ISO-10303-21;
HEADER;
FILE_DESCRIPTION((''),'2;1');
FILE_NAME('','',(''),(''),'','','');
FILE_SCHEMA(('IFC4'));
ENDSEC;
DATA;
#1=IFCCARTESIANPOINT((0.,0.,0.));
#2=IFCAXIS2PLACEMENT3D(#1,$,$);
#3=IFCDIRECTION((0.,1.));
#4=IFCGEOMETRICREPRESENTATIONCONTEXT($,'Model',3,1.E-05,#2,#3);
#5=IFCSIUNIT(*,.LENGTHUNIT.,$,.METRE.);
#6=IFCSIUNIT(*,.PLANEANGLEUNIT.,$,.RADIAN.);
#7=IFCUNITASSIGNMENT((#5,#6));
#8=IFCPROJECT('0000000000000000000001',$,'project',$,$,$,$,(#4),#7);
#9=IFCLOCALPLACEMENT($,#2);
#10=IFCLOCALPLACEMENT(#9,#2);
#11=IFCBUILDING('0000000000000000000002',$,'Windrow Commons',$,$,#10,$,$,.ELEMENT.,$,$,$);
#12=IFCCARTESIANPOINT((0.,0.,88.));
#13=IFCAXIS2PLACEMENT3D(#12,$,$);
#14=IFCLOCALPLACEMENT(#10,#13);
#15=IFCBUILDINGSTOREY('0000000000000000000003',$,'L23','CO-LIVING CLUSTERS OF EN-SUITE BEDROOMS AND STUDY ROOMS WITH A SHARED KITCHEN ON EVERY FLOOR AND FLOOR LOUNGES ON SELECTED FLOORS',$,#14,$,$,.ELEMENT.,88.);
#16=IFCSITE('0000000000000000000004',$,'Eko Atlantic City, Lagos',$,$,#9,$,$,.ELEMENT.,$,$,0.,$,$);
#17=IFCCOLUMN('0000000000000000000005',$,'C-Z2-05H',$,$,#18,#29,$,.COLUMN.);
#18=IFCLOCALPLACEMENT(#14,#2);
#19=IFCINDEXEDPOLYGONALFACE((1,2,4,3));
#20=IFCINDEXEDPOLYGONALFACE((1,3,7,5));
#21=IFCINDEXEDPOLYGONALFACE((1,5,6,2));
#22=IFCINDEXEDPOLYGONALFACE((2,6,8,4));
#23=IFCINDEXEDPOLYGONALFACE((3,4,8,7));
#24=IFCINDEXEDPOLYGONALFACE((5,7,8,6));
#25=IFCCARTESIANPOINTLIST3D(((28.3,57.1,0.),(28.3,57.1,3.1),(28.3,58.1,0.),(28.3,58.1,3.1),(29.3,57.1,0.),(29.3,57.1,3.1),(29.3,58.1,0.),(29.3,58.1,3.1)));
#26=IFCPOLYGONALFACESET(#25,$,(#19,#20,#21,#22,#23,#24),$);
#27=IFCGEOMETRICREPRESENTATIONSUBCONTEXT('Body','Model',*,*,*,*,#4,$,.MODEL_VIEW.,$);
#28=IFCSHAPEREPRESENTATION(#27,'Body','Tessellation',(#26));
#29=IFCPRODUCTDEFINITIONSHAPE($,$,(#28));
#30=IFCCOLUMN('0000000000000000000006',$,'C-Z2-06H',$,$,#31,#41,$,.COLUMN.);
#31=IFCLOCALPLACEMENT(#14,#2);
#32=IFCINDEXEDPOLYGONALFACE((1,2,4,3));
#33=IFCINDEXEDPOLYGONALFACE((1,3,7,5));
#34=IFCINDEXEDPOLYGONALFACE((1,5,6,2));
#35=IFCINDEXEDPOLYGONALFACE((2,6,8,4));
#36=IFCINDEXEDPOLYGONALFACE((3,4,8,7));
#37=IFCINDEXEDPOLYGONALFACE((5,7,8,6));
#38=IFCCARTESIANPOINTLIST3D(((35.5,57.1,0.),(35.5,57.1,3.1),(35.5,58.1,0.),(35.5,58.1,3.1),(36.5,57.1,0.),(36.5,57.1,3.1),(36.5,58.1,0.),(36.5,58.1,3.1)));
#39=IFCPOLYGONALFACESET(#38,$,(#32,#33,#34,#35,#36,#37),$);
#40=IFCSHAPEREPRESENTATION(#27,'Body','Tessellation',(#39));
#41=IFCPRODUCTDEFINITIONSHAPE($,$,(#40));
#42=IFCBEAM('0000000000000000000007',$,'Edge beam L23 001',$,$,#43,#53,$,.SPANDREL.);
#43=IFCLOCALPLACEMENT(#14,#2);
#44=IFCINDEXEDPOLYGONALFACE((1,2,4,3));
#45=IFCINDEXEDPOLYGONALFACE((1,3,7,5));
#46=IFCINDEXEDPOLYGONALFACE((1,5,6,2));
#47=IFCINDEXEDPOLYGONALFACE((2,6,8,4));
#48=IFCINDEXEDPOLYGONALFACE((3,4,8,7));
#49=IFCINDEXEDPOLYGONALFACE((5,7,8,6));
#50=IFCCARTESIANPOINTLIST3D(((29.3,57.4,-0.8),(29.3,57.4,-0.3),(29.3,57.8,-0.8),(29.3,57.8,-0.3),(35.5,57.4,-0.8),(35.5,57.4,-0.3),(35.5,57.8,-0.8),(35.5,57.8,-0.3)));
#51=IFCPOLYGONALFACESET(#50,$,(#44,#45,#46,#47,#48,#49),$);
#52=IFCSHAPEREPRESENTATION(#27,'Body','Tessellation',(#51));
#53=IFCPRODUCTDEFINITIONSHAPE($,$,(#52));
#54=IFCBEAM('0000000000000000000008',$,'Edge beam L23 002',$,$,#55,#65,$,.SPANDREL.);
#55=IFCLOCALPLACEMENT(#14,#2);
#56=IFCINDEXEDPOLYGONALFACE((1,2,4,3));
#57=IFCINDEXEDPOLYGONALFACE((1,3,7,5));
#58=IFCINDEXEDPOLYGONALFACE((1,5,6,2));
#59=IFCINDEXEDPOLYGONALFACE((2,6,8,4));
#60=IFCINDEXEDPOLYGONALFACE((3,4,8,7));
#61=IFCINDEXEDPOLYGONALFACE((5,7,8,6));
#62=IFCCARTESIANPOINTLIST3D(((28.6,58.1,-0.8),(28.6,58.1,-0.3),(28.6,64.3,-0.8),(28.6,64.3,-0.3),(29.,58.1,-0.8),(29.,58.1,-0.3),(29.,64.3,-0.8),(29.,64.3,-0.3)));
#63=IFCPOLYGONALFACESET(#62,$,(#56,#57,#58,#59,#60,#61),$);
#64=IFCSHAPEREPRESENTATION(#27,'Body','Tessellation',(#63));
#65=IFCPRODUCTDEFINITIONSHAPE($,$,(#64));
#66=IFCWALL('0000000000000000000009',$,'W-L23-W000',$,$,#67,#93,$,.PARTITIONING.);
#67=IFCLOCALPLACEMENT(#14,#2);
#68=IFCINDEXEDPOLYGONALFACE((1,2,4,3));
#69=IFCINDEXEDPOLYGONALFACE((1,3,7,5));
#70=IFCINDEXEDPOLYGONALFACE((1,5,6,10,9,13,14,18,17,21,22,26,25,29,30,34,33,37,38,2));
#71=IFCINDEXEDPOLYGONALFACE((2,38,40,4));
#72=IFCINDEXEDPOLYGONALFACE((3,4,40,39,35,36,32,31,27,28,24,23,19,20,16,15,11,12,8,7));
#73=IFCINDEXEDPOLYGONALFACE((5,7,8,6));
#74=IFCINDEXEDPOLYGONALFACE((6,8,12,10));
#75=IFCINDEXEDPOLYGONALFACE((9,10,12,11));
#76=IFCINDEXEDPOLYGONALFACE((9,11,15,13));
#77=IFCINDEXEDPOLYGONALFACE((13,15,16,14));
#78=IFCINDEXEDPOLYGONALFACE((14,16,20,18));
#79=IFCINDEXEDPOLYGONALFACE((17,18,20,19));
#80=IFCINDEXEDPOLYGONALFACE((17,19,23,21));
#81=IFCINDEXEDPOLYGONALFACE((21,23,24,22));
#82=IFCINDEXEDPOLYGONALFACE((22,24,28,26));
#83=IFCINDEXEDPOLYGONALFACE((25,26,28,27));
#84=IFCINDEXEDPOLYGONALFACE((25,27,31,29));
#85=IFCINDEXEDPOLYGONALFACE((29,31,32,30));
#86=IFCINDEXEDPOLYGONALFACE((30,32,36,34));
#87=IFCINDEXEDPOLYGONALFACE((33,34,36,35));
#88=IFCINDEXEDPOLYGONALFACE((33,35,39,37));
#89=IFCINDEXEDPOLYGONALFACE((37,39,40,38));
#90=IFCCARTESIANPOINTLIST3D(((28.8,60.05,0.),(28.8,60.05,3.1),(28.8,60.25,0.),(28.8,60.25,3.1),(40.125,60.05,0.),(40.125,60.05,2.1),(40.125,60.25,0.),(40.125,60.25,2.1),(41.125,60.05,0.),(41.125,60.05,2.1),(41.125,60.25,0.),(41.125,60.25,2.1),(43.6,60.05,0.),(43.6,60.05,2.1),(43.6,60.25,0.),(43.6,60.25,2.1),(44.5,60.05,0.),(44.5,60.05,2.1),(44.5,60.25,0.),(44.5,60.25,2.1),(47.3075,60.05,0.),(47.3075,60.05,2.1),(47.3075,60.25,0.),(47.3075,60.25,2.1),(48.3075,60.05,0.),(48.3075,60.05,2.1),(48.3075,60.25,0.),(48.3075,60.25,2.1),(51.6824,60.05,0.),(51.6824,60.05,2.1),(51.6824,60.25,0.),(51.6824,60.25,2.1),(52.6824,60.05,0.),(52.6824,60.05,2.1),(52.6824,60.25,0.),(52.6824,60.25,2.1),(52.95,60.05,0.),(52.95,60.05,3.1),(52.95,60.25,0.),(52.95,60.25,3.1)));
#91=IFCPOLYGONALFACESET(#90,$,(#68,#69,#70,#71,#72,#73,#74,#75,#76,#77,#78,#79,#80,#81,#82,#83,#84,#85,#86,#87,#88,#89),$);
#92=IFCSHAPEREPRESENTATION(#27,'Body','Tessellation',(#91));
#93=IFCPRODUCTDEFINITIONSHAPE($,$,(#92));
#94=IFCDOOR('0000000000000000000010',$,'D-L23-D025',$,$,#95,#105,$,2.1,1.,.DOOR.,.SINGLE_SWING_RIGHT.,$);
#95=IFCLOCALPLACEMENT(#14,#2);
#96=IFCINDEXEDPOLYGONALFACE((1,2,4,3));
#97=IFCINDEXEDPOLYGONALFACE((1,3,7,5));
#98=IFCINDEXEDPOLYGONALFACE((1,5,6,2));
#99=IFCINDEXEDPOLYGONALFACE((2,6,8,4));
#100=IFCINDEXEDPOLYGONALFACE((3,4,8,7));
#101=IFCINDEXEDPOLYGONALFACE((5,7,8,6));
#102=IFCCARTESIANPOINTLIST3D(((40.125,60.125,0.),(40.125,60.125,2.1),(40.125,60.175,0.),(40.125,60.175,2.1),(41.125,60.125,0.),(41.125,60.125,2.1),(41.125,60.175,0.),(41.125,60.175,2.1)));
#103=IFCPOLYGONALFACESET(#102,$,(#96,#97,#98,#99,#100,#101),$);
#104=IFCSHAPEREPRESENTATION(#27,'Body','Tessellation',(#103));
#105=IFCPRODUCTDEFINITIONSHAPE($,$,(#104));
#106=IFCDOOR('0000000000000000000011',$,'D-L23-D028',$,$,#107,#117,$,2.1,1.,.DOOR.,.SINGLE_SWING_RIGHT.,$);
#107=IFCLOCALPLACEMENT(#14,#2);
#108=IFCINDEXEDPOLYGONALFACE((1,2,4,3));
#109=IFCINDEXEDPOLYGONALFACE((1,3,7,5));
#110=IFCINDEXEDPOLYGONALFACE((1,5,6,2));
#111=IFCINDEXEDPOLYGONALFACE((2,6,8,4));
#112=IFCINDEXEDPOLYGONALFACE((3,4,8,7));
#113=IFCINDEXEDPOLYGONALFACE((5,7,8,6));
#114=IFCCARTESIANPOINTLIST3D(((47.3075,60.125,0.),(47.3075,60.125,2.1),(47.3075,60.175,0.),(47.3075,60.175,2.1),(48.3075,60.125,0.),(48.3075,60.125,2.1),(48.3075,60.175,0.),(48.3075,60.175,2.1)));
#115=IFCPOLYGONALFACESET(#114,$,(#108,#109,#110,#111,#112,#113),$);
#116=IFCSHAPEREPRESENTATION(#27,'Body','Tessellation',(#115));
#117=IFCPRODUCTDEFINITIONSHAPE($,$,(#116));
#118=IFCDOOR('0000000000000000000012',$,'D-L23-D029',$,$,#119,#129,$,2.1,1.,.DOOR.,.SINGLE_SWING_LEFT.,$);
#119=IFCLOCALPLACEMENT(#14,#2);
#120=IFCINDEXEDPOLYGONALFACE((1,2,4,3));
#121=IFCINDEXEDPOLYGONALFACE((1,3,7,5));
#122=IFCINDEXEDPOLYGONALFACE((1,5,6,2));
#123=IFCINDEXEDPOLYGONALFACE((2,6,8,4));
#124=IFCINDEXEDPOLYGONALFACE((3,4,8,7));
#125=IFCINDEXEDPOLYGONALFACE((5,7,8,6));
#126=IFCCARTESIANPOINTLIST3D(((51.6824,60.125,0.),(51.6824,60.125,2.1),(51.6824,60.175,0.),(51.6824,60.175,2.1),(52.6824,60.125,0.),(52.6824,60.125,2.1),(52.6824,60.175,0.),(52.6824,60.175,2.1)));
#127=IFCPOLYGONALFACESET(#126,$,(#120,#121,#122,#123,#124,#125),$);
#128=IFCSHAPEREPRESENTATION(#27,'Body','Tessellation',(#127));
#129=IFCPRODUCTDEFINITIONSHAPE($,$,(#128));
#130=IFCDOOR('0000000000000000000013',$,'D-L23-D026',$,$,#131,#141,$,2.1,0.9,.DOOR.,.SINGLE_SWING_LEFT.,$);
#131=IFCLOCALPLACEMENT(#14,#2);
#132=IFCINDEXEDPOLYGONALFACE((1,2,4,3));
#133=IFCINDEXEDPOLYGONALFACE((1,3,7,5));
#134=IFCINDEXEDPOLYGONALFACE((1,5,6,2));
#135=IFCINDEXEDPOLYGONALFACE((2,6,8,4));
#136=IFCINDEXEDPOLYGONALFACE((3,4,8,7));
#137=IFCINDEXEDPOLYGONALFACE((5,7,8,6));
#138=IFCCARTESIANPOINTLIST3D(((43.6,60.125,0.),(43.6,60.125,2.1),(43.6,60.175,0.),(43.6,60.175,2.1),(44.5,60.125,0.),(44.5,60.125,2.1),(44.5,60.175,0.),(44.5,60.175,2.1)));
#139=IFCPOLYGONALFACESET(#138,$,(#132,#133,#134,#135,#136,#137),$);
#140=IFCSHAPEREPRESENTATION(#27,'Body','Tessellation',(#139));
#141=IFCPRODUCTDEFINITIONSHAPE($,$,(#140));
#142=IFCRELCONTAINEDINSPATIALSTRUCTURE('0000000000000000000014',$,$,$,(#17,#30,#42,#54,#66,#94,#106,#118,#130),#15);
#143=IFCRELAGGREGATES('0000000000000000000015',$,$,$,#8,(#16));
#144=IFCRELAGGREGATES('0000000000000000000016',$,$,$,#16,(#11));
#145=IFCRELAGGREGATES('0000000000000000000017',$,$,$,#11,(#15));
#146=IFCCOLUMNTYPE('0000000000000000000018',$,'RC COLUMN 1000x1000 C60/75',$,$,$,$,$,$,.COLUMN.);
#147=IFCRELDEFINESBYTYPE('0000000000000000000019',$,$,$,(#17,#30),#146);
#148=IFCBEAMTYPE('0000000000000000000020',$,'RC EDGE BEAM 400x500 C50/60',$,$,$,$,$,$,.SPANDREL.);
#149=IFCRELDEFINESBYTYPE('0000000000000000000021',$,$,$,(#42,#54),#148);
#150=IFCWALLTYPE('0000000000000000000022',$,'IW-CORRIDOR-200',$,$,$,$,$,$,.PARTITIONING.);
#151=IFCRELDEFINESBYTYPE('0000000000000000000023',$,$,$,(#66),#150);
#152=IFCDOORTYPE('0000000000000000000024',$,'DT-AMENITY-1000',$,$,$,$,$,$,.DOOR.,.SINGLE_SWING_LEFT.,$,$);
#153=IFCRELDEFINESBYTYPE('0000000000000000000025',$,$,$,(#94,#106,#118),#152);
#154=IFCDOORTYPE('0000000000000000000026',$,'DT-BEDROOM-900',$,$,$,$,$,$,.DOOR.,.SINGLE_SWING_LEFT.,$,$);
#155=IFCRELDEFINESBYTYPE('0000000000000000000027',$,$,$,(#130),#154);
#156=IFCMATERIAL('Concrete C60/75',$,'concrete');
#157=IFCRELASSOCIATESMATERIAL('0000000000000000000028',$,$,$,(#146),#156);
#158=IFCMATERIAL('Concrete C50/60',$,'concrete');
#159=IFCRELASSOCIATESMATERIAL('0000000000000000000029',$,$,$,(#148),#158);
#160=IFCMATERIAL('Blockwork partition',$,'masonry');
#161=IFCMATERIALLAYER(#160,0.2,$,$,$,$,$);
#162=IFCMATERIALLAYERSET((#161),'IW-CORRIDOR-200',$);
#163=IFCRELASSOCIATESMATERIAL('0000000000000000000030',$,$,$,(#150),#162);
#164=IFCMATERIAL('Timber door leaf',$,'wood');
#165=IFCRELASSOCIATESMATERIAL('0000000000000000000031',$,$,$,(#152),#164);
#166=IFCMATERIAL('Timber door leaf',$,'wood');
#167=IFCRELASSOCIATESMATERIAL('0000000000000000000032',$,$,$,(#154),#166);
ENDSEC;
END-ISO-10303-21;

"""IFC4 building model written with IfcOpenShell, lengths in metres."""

from ifc_helpers import new_model, si_unit, direction, frame, frame_2d, origin, origin_2d, place, context, subcontext, project, spatial, rectangle, extrude, material, layer, layer_set, material_profile, profile_set, type_object, element, fill, save


model = new_model("IFC4")

# Units and contexts
model_context = context("Model", 3, precision=1e-05, world=origin(), true_north=direction((0.0, 1.0)))
body_context = subcontext(model_context, "Body", "Model", "MODEL_VIEW")
ifc_project = project(units=[si_unit("LENGTHUNIT", "METRE"), si_unit("PLANEANGLEUNIT", "RADIAN")], contexts=[model_context])

# Site, building, storey
site_placement = place(None, origin())
site = spatial("IfcSite", under=ifc_project, at=site_placement, Name="Eko Atlantic City, Lagos", CompositionType="ELEMENT", RefElevation=0.0)
building_placement = place(site_placement, origin())
building = spatial("IfcBuilding", under=site, at=building_placement, Name="Windrow Commons", CompositionType="ELEMENT")
storey_placement = place(building_placement, frame((0.0, 0.0, 88.0)))
storey = spatial("IfcBuildingStorey", under=building, at=storey_placement, Name="L23", Description="CO-LIVING CLUSTERS OF EN-SUITE BEDROOMS AND STUDY ROOMS WITH A SHARED KITCHEN ON EVERY FLOOR AND FLOOR LOUNGES ON SELECTED FLOORS", CompositionType="ELEMENT", Elevation=88.0)

# Columns
ifc_material_1 = material(Name="Concrete C60/75", Category="concrete")
ifc_material_profile_1 = material_profile(ifc_material_1, rectangle(XDim=1.0, YDim=1.0, at=origin_2d()))
ifc_profile_set_1 = profile_set([ifc_material_profile_1], Name="Concrete C60/75")
column_type = type_object("IfcColumnType", Name="RC COLUMN 1000x1000 C60/75", PredefinedType="COLUMN", material=ifc_profile_set_1)
for number, where, z_axis, x_axis, name in (
    (1, (28.8, 57.6, 0.0), (0.0, 0.0, 1.0), (1.0, 0.0, 0.0), "C-Z2-05H"),
    (2, (36.0, 57.6, 0.0), (0.0, 0.0, 1.0), (1.0, 0.0, 0.0), "C-Z2-06H"),
):
    element("IfcColumn", number, at=place(storey_placement, frame(where, z_axis=z_axis, x_axis=x_axis)), inside=storey, type_object=column_type, Name=name, PredefinedType="COLUMN", context=body_context, shape_type="SweptSolid", body=[
        extrude(rectangle(XDim=1.0, YDim=1.0, at=origin_2d()), origin(), (0.0, 0.0, 1.0), 3.1),
    ])

# Beams
ifc_material_2 = material(Name="Concrete C50/60", Category="concrete")
ifc_material_profile_2 = material_profile(ifc_material_2, rectangle(XDim=0.4, YDim=0.5, at=origin_2d()))
ifc_profile_set_2 = profile_set([ifc_material_profile_2], Name="Concrete C50/60")
beam_type = type_object("IfcBeamType", Name="RC EDGE BEAM 400x500 C50/60", PredefinedType="SPANDREL", material=ifc_profile_set_2)
for number, where, z_axis, x_axis, name in (
    (3, (35.5, 57.6, -0.55), (-1.0, 0.0, 0.0), (0.0, -1.0, 0.0), "Edge beam L23 001"),
    (4, (28.8, 58.1, -0.55), (0.0, 1.0, 0.0), (-1.0, 0.0, 0.0), "Edge beam L23 002"),
):
    element("IfcBeam", number, at=place(storey_placement, frame(where, z_axis=z_axis, x_axis=x_axis)), inside=storey, type_object=beam_type, Name=name, PredefinedType="SPANDREL", context=body_context, shape_type="SweptSolid", body=[
        extrude(rectangle(XDim=0.4, YDim=0.5, at=origin_2d()), origin(), (0.0, 0.0, 1.0), 6.2),
    ])

# Wall, openings, doors
ifc_material_3 = material(Name="Blockwork partition", Category="masonry")
ifc_layer_1 = layer(ifc_material_3, 0.2)
ifc_layer_set_1 = layer_set([ifc_layer_1], Name="IW-CORRIDOR-200")
wall_type_1 = type_object("IfcWallType", Name="IW-CORRIDOR-200", PredefinedType="PARTITIONING", material=ifc_layer_set_1)
wall_1_placement = place(storey_placement, frame((28.8, 60.15, 0.0), z_axis=(0.0, 0.0, 1.0), x_axis=(1.0, 0.0, 0.0)))
wall_1 = element("IfcWall", 5, at=wall_1_placement, inside=storey, type_object=wall_type_1, Name="W-L23-W000", PredefinedType="PARTITIONING", context=body_context, shape_type="SweptSolid", body=[
    extrude(rectangle(XDim=24.15, YDim=0.2, at=frame_2d((12.075, 0.0))), origin(), (0.0, 0.0, 1.0), 3.1),
])
opening_1_placement = place(wall_1_placement, frame((11.325, 0.0, 0.0)))
opening_1 = element("IfcOpeningElement", 6, at=opening_1_placement, cuts=wall_1, PredefinedType="OPENING", context=body_context, shape_type="SweptSolid", body=[
    extrude(rectangle(XDim=1.0, YDim=2.1, at=frame_2d((0.5, 1.05))), frame((0.0, 0.11, 0.0), z_axis=(0.0, -1.0, 0.0), x_axis=(1.0, 0.0, 0.0)), (0.0, 0.0, 1.0), 0.22),
])
opening_2_placement = place(wall_1_placement, frame((14.8, 0.0, 0.0)))
opening_2 = element("IfcOpeningElement", 7, at=opening_2_placement, cuts=wall_1, PredefinedType="OPENING", context=body_context, shape_type="SweptSolid", body=[
    extrude(rectangle(XDim=0.9, YDim=2.1, at=frame_2d((0.45, 1.05))), frame((0.0, 0.11, 0.0), z_axis=(0.0, -1.0, 0.0), x_axis=(1.0, 0.0, 0.0)), (0.0, 0.0, 1.0), 0.22),
])
opening_3_placement = place(wall_1_placement, frame((18.5075, 0.0, 0.0)))
opening_3 = element("IfcOpeningElement", 8, at=opening_3_placement, cuts=wall_1, PredefinedType="OPENING", context=body_context, shape_type="SweptSolid", body=[
    extrude(rectangle(XDim=1.0, YDim=2.1, at=frame_2d((0.5, 1.05))), frame((0.0, 0.11, 0.0), z_axis=(0.0, -1.0, 0.0), x_axis=(1.0, 0.0, 0.0)), (0.0, 0.0, 1.0), 0.22),
])
opening_4_placement = place(wall_1_placement, frame((22.8824, 0.0, 0.0)))
opening_4 = element("IfcOpeningElement", 9, at=opening_4_placement, cuts=wall_1, PredefinedType="OPENING", context=body_context, shape_type="SweptSolid", body=[
    extrude(rectangle(XDim=1.0, YDim=2.1, at=frame_2d((0.5, 1.05))), frame((0.0, 0.11, 0.0), z_axis=(0.0, -1.0, 0.0), x_axis=(1.0, 0.0, 0.0)), (0.0, 0.0, 1.0), 0.22),
])
ifc_material_4 = material(Name="Timber door leaf", Category="wood")
door_type_1 = type_object("IfcDoorType", Name="DT-AMENITY-1000", OperationType="SINGLE_SWING_LEFT", PredefinedType="DOOR", material=ifc_material_4)
door_1_placement = place(opening_1_placement, origin())
door_1 = element("IfcDoor", 10, at=door_1_placement, inside=storey, type_object=door_type_1, Name="D-L23-D025", OperationType="SINGLE_SWING_RIGHT", OverallHeight=2.1, OverallWidth=1.0, PredefinedType="DOOR", context=body_context, shape_type="SweptSolid", body=[
    extrude(rectangle(XDim=1.0, YDim=2.1, at=frame_2d((0.5, 1.05))), frame((0.0, 0.025, 0.0), z_axis=(0.0, -1.0, 0.0), x_axis=(1.0, 0.0, 0.0)), (0.0, 0.0, 1.0), 0.05),
])
fill(opening_1, door_1)
door_2_placement = place(opening_3_placement, origin())
door_2 = element("IfcDoor", 11, at=door_2_placement, inside=storey, type_object=door_type_1, Name="D-L23-D028", OperationType="SINGLE_SWING_RIGHT", OverallHeight=2.1, OverallWidth=1.0, PredefinedType="DOOR", context=body_context, shape_type="SweptSolid", body=[
    extrude(rectangle(XDim=1.0, YDim=2.1, at=frame_2d((0.5, 1.05))), frame((0.0, 0.025, 0.0), z_axis=(0.0, -1.0, 0.0), x_axis=(1.0, 0.0, 0.0)), (0.0, 0.0, 1.0), 0.05),
])
fill(opening_3, door_2)
door_3_placement = place(opening_4_placement, origin())
door_3 = element("IfcDoor", 12, at=door_3_placement, inside=storey, type_object=door_type_1, Name="D-L23-D029", OperationType="SINGLE_SWING_LEFT", OverallHeight=2.1, OverallWidth=1.0, PredefinedType="DOOR", context=body_context, shape_type="SweptSolid", body=[
    extrude(rectangle(XDim=1.0, YDim=2.1, at=frame_2d((0.5, 1.05))), frame((0.0, 0.025, 0.0), z_axis=(0.0, -1.0, 0.0), x_axis=(1.0, 0.0, 0.0)), (0.0, 0.0, 1.0), 0.05),
])
fill(opening_4, door_3)
ifc_material_5 = material(Name="Timber door leaf", Category="wood")
door_type_2 = type_object("IfcDoorType", Name="DT-BEDROOM-900", OperationType="SINGLE_SWING_LEFT", PredefinedType="DOOR", material=ifc_material_5)
door_4_placement = place(opening_2_placement, origin())
door_4 = element("IfcDoor", 13, at=door_4_placement, inside=storey, type_object=door_type_2, Name="D-L23-D026", OperationType="SINGLE_SWING_LEFT", OverallHeight=2.1, OverallWidth=0.9, PredefinedType="DOOR", context=body_context, shape_type="SweptSolid", body=[
    extrude(rectangle(XDim=0.9, YDim=2.1, at=frame_2d((0.45, 1.05))), frame((0.0, 0.025, 0.0), z_axis=(0.0, -1.0, 0.0), x_axis=(1.0, 0.0, 0.0)), (0.0, 0.0, 1.0), 0.05),
])
fill(opening_2, door_4)

save(model, "model.ifc")
